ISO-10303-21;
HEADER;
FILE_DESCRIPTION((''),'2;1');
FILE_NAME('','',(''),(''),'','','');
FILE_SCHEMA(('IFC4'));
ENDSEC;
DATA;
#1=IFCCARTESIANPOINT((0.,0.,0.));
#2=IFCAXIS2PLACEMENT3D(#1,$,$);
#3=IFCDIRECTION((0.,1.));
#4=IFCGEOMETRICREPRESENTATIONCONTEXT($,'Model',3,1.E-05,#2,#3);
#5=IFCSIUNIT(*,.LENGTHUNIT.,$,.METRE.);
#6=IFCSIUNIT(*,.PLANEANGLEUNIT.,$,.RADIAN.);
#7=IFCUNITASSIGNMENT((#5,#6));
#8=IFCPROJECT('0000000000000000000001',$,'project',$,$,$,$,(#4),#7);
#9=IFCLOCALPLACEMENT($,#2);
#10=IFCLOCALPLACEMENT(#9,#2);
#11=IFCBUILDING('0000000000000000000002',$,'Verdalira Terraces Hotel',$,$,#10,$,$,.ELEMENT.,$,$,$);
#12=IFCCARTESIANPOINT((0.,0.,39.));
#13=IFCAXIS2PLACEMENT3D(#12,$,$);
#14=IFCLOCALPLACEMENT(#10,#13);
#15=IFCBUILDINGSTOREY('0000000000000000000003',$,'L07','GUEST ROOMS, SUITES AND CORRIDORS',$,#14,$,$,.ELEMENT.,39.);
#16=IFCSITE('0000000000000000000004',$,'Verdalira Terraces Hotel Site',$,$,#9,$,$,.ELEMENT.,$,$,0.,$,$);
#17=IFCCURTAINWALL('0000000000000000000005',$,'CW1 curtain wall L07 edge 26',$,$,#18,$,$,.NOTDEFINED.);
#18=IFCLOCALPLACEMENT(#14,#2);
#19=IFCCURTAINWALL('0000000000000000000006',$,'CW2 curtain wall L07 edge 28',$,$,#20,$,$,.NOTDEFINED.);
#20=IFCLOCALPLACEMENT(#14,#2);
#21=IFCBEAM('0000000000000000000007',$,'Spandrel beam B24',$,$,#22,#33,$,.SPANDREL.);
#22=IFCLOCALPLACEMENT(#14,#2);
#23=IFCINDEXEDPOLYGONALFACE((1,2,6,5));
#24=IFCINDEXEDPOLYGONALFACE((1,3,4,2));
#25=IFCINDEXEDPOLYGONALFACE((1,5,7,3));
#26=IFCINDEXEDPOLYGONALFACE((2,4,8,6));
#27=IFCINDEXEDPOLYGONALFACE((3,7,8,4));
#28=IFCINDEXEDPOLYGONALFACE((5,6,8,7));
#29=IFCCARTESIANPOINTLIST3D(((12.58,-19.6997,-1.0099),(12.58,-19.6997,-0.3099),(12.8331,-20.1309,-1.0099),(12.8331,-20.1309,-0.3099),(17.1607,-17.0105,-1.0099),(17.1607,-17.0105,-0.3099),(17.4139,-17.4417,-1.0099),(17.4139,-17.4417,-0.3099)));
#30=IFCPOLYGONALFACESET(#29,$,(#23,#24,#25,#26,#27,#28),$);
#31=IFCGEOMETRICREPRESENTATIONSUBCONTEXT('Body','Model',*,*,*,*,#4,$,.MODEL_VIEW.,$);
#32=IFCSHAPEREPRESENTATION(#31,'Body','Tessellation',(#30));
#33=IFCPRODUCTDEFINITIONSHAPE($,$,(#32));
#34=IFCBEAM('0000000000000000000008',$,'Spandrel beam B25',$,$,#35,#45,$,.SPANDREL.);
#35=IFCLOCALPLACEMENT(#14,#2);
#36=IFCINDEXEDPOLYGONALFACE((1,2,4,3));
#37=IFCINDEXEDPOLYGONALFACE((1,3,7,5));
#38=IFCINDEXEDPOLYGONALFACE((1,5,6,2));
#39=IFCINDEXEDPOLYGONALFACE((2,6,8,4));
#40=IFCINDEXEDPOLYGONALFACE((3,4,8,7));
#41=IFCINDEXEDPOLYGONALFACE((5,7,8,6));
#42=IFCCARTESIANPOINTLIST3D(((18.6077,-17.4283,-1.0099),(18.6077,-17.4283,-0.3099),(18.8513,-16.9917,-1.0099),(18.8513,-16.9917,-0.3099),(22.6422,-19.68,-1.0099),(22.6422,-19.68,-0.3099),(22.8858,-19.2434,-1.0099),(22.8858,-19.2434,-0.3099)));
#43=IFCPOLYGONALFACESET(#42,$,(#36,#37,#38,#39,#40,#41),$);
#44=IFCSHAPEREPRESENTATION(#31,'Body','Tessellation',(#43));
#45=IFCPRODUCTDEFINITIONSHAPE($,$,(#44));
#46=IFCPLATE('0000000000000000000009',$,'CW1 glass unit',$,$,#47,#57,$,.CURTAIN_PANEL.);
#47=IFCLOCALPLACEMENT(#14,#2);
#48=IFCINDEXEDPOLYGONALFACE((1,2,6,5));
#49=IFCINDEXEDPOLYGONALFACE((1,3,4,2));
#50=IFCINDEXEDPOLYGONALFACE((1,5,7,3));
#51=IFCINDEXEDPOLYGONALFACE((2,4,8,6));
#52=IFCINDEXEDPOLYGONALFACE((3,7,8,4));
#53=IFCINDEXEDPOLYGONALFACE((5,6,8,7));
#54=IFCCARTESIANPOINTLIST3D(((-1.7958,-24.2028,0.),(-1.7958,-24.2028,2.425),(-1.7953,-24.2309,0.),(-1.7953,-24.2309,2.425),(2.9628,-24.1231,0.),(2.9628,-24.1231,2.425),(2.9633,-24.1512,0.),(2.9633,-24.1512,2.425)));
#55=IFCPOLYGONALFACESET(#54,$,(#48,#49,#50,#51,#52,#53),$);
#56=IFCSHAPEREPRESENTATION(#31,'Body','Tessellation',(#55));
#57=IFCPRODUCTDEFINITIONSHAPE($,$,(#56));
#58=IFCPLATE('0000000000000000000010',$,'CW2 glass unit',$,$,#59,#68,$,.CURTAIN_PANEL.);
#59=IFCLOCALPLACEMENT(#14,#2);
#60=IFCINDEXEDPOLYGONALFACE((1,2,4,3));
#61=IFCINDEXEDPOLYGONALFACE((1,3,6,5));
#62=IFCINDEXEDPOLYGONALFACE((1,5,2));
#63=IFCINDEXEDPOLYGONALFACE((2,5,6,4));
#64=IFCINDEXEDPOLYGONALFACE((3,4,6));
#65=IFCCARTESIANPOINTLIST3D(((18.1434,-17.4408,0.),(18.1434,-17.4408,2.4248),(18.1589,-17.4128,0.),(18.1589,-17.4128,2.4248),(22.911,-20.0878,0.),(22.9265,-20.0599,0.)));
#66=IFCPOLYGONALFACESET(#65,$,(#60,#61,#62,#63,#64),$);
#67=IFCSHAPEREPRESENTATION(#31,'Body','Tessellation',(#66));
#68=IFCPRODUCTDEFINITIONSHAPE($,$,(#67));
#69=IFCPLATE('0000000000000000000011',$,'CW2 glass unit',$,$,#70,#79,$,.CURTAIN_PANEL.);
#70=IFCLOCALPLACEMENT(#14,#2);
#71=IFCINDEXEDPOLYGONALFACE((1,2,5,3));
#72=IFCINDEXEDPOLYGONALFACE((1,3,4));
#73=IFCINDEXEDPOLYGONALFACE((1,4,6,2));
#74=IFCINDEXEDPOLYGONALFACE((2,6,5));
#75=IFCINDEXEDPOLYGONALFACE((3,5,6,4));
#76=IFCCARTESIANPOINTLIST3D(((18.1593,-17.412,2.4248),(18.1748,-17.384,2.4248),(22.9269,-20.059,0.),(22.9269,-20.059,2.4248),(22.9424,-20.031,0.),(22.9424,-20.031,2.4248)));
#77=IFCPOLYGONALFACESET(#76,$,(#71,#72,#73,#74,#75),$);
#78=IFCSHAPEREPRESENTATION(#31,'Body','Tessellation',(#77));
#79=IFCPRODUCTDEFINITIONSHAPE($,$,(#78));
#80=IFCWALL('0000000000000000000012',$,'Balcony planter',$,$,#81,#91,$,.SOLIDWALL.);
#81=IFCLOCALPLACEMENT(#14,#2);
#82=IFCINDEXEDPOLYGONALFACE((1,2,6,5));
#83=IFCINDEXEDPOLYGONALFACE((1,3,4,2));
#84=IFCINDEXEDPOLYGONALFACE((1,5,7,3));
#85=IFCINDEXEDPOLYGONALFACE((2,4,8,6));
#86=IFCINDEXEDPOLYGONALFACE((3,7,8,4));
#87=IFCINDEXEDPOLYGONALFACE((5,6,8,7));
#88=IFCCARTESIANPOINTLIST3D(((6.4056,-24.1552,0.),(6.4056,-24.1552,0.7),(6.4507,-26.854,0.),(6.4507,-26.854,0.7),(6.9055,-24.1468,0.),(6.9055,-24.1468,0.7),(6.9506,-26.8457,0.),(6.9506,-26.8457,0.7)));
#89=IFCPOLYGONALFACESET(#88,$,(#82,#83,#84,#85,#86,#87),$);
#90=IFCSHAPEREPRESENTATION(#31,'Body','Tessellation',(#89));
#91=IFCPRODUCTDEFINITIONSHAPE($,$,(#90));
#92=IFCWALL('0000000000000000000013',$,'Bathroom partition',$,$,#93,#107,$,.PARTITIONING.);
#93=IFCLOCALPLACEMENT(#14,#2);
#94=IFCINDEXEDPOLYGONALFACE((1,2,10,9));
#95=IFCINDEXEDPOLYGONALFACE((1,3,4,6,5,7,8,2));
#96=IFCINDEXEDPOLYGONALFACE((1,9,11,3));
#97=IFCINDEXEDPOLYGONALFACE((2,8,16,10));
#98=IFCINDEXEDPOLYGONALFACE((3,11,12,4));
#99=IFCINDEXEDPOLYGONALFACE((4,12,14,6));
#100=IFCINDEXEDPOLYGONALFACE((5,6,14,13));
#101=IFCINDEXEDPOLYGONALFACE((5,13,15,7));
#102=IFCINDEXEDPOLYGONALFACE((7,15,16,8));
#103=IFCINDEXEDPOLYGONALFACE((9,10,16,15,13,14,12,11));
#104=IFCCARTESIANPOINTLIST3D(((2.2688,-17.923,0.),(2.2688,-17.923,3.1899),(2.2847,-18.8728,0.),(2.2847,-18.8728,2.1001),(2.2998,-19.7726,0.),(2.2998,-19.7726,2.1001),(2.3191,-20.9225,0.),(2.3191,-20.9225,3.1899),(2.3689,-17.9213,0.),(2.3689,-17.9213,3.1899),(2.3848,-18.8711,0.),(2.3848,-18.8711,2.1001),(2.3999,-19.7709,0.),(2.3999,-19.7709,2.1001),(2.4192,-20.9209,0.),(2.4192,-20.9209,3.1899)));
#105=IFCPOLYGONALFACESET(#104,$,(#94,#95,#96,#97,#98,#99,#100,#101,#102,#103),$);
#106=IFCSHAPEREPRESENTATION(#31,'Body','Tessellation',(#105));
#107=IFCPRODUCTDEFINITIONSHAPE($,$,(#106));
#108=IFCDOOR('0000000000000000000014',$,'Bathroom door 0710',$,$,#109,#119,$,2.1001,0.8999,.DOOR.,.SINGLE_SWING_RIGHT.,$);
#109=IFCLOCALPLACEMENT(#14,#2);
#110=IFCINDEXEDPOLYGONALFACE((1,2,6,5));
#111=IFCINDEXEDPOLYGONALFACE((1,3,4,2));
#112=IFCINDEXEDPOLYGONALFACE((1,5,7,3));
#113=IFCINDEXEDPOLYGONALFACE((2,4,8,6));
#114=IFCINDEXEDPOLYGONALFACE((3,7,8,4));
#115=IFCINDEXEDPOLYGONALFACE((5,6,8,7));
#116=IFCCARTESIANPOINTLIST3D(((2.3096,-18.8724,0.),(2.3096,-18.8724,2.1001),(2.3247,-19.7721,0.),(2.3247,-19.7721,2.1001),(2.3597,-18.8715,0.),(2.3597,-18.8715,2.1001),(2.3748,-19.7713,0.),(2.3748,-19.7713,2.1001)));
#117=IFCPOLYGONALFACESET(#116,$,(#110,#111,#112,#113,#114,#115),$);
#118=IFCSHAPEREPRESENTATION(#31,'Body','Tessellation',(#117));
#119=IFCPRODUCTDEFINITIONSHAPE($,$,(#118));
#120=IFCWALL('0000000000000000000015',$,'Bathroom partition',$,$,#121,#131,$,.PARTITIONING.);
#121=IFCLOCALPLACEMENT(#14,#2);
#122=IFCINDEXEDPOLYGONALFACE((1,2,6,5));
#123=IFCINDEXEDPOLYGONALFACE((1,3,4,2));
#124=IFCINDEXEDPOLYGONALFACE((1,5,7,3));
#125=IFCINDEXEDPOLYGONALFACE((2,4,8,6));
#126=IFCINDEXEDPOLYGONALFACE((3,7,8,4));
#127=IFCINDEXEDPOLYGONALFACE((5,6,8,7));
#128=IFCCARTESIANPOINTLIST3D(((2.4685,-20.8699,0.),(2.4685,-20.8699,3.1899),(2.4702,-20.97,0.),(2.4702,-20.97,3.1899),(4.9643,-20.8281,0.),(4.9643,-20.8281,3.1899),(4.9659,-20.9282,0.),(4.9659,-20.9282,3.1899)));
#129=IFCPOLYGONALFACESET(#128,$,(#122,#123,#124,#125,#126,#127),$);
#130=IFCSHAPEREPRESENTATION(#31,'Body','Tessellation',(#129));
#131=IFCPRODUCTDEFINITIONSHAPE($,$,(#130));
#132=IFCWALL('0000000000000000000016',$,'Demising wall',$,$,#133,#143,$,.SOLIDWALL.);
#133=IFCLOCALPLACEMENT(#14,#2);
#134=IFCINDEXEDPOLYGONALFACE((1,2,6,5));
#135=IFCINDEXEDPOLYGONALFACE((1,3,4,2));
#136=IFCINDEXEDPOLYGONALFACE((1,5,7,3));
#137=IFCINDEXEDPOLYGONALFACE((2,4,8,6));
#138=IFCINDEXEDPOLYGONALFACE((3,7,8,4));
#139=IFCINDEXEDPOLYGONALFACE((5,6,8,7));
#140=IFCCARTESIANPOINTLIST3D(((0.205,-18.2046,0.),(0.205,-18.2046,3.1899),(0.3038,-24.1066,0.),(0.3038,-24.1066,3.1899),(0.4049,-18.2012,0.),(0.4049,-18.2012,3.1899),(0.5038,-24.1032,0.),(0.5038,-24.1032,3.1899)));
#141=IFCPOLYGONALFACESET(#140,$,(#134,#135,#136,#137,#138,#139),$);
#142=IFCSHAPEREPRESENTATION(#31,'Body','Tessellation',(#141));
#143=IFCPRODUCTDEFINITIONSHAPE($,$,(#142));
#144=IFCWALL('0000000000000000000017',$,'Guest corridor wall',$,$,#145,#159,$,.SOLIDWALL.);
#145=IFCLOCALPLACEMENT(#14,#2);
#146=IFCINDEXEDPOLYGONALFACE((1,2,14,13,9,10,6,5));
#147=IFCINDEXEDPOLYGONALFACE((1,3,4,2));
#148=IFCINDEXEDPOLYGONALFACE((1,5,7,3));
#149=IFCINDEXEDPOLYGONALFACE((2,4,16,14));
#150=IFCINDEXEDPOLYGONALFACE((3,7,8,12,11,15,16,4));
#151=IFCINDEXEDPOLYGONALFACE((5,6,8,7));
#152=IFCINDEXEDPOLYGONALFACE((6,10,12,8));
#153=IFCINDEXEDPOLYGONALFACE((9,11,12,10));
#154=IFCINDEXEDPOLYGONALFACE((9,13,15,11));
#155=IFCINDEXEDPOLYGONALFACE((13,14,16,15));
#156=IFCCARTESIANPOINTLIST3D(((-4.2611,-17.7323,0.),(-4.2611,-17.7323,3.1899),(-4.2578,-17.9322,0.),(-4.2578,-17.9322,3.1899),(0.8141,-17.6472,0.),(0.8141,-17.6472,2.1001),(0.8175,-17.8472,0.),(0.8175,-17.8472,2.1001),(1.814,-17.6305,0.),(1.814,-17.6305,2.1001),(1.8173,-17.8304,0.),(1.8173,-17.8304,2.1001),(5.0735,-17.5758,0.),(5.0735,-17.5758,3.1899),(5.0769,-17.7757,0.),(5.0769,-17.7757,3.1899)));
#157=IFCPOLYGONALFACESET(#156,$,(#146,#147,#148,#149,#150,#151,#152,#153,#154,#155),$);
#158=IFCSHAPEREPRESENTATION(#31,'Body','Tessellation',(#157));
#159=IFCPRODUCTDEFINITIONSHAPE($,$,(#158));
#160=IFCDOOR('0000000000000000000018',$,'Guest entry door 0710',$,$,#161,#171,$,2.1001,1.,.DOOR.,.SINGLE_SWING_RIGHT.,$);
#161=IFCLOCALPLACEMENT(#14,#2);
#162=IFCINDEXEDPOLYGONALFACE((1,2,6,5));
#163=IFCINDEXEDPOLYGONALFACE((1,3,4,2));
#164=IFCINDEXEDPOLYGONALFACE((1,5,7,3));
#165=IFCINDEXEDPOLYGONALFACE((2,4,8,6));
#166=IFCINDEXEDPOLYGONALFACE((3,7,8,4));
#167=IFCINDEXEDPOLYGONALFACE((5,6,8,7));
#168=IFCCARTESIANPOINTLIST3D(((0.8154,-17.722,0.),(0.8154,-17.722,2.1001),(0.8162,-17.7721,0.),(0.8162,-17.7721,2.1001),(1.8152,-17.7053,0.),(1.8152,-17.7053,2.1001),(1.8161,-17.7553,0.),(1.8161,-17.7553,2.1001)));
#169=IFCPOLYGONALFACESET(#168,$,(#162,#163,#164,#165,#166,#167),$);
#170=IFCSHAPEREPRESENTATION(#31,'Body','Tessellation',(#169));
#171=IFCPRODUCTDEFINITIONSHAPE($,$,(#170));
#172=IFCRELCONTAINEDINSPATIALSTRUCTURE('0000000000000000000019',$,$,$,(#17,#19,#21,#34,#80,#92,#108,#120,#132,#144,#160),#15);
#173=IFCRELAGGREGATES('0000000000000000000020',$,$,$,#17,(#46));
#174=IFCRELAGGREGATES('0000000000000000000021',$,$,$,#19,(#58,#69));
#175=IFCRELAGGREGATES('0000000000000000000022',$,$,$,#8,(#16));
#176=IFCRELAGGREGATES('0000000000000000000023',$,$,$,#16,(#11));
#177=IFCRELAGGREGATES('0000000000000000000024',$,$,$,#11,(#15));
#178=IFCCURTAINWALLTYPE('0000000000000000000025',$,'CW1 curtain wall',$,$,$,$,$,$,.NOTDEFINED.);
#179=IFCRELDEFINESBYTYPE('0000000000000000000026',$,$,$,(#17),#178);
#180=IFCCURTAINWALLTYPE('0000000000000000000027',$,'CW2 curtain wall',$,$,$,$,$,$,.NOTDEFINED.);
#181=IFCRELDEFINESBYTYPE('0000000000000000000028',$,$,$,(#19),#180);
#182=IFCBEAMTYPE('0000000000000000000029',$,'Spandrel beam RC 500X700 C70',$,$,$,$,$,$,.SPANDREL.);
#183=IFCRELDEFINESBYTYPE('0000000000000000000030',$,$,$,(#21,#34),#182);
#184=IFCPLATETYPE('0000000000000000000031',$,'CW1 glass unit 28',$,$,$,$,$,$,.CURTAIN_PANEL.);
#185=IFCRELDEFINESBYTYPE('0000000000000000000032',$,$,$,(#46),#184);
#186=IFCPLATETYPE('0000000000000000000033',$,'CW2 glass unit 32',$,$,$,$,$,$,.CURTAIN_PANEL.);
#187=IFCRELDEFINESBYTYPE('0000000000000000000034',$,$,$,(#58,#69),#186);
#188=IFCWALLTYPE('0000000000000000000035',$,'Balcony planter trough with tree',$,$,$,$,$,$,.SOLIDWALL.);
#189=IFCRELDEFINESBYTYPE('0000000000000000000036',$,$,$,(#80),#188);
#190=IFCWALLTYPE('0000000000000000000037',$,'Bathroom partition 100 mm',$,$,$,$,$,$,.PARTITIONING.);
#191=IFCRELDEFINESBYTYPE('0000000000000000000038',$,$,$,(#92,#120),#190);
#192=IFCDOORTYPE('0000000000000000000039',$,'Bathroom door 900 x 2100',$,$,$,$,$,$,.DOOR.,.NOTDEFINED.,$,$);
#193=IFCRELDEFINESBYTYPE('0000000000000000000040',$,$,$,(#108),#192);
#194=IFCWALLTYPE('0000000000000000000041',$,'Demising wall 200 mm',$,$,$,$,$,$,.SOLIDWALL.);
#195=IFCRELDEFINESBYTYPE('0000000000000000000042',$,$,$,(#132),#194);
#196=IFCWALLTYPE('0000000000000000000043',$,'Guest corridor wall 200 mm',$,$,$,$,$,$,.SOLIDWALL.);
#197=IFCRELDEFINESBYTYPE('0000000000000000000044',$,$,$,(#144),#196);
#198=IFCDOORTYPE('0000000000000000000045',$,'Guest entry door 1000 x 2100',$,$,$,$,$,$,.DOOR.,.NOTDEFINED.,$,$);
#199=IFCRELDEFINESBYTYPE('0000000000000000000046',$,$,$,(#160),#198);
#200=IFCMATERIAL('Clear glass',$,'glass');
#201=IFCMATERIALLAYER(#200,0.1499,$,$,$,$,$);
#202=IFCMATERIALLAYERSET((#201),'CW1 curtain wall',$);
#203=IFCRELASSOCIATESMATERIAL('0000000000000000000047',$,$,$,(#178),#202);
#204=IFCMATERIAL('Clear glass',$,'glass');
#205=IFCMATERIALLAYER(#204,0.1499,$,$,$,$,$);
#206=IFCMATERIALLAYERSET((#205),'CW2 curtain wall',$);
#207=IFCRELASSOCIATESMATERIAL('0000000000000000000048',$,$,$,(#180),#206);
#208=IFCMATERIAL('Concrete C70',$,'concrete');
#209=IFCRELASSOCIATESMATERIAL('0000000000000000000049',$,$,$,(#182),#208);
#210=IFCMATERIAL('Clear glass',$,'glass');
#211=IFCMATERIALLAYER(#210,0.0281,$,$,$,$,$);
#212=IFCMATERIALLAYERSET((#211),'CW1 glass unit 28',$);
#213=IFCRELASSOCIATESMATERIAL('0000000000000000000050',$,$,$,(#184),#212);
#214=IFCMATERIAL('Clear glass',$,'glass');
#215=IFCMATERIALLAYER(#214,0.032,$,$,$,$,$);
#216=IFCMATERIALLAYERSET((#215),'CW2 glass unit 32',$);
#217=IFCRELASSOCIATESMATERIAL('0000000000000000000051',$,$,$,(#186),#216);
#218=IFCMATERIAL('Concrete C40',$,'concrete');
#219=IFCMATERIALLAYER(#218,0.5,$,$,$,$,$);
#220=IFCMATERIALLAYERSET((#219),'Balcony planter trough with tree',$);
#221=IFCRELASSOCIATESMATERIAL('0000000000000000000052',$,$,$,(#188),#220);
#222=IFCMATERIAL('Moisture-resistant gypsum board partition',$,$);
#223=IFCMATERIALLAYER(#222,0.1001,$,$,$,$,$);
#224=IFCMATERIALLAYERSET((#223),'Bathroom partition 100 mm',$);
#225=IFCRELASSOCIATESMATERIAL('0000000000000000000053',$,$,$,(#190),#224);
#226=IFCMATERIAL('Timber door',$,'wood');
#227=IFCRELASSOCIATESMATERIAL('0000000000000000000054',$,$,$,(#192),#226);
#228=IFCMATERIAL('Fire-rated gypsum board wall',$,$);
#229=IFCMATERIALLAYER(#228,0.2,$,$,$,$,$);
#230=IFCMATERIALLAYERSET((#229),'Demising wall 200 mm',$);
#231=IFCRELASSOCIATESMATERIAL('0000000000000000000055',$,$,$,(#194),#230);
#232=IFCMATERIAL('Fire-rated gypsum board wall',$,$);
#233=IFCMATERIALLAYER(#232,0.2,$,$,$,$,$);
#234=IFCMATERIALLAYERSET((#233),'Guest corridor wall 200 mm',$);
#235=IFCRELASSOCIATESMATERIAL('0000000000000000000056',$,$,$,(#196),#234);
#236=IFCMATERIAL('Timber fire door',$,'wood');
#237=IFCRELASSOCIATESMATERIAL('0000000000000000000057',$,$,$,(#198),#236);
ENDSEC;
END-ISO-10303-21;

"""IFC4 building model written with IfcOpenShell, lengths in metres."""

from ifc_helpers import new_model, si_unit, direction, frame, frame_2d, origin, origin_2d, place, context, subcontext, project, spatial, polyline, rectangle, outline, extrude, material, layer, layer_set, material_profile, profile_set, type_object, element, fill, aggregate, save


model = new_model("IFC4")

# Units and contexts
model_context = context("Model", 3, precision=1e-05, world=origin(), true_north=direction((0.0, 1.0)))
body_context = subcontext(model_context, "Body", "Model", "MODEL_VIEW")
ifc_project = project(units=[si_unit("LENGTHUNIT", "METRE"), si_unit("PLANEANGLEUNIT", "RADIAN")], contexts=[model_context])

# Site, building, storey
site_placement = place(None, origin())
site = spatial("IfcSite", under=ifc_project, at=site_placement, Name="Verdalira Terraces Hotel Site", CompositionType="ELEMENT", RefElevation=0.0)
building_placement = place(site_placement, origin())
building = spatial("IfcBuilding", under=site, at=building_placement, Name="Verdalira Terraces Hotel", CompositionType="ELEMENT")
storey_placement = place(building_placement, frame((0.0, 0.0, 39.0)))
storey = spatial("IfcBuildingStorey", under=building, at=storey_placement, Name="L07", Description="GUEST ROOMS, SUITES AND CORRIDORS", CompositionType="ELEMENT", Elevation=39.0)

# Curtain wall
ifc_material_1 = material(Name="Clear glass", Category="glass")
ifc_layer_1 = layer(ifc_material_1, 0.1499)
ifc_layer_set_1 = layer_set([ifc_layer_1], Name="CW1 curtain wall")
curtain_wall_type_1 = type_object("IfcCurtainWallType", Name="CW1 curtain wall", PredefinedType="NOTDEFINED", material=ifc_layer_set_1)
curtain_wall_1_placement = place(storey_placement, origin())
curtain_wall_1 = element("IfcCurtainWall", 1, at=curtain_wall_1_placement, inside=storey, type_object=curtain_wall_type_1, Name="CW1 curtain wall L07 edge 26", PredefinedType="NOTDEFINED")

# Curtain wall
ifc_material_2 = material(Name="Clear glass", Category="glass")
ifc_layer_2 = layer(ifc_material_2, 0.1499)
ifc_layer_set_2 = layer_set([ifc_layer_2], Name="CW2 curtain wall")
curtain_wall_type_2 = type_object("IfcCurtainWallType", Name="CW2 curtain wall", PredefinedType="NOTDEFINED", material=ifc_layer_set_2)
curtain_wall_2_placement = place(storey_placement, origin())
curtain_wall_2 = element("IfcCurtainWall", 2, at=curtain_wall_2_placement, inside=storey, type_object=curtain_wall_type_2, Name="CW2 curtain wall L07 edge 28", PredefinedType="NOTDEFINED")

# Beams
ifc_material_3 = material(Name="Concrete C70", Category="concrete")
ifc_material_profile_1 = material_profile(ifc_material_3, rectangle(XDim=0.5, YDim=0.7, at=origin_2d()), Name="RC 500X700")
ifc_profile_set_1 = profile_set([ifc_material_profile_1], Name="Concrete C70")
beam_type_1 = type_object("IfcBeamType", Name="Spandrel beam RC 500X700 C70", PredefinedType="SPANDREL", material=ifc_profile_set_1)
beam_1_placement = place(storey_placement, frame((12.7065, -19.9153, -0.6599), z_axis=(0.862377, 0.506267, 0.0), x_axis=(-0.506267, 0.862377, 0.0)))
element("IfcBeam", 3, at=beam_1_placement, inside=storey, type_object=beam_type_1, Name="Spandrel beam B24", PredefinedType="SPANDREL", context=body_context, shape_type="SweptSolid", body=[
    extrude(rectangle(XDim=0.5, YDim=0.7, at=origin_2d()), origin(), (0.0, 0.0, 1.0), 5.3118),
])
beam_2_placement = place(storey_placement, frame((18.7295, -17.21, -0.6599), z_axis=(0.873203, -0.487356, 0.0), x_axis=(0.487356, 0.873203, 0.0)))
element("IfcBeam", 4, at=beam_2_placement, inside=storey, type_object=beam_type_1, Name="Spandrel beam B25", PredefinedType="SPANDREL", context=body_context, shape_type="SweptSolid", body=[
    extrude(rectangle(XDim=0.5, YDim=0.7, at=origin_2d()), origin(), (0.0, 0.0, 1.0), 4.6204),
])

# Plates
ifc_material_4 = material(Name="Clear glass", Category="glass")
ifc_layer_3 = layer(ifc_material_4, 0.0281)
ifc_layer_set_3 = layer_set([ifc_layer_3], Name="CW1 glass unit 28")
plate_type_1 = type_object("IfcPlateType", Name="CW1 glass unit 28", PredefinedType="CURTAIN_PANEL", material=ifc_layer_set_3)
plate_1_placement = place(storey_placement, frame((0.5837, -24.177, 0.0), z_axis=(0.0, 0.0, 1.0), x_axis=(0.99986, 0.016754, 0.0)))
plate_1 = element("IfcPlate", 5, at=plate_1_placement, type_object=plate_type_1, Name="CW1 glass unit", PredefinedType="CURTAIN_PANEL", context=body_context, shape_type="SweptSolid", body=[
    extrude(rectangle(XDim=4.7593, YDim=0.0281, at=origin_2d()), origin(), (0.0, 0.0, 1.0), 2.425),
])
aggregate(curtain_wall_1, [plate_1])
ifc_material_5 = material(Name="Clear glass", Category="glass")
ifc_layer_4 = layer(ifc_material_5, 0.032)
ifc_layer_set_4 = layer_set([ifc_layer_4], Name="CW2 glass unit 32")
plate_type_2 = type_object("IfcPlateType", Name="CW2 glass unit 32", PredefinedType="CURTAIN_PANEL", material=ifc_layer_set_4)
plate_2_placement = place(storey_placement, frame((20.5427, -18.7363, 1.2124), z_axis=(-0.48542, -0.874281, 0.0), x_axis=(0.874281, -0.48542, 0.0)))
plate_2 = element("IfcPlate", 6, at=plate_2_placement, type_object=plate_type_2, Name="CW2 glass unit", PredefinedType="CURTAIN_PANEL", context=body_context, shape_type="SweptSolid", body=[
    extrude(outline(polyline([(-2.7266, -1.2124), (2.7266, -1.2124), (-2.7266, 1.2124), (-2.7266, -1.2124)])), origin(), (0.0, 0.0, 1.0), 0.032),
])
plate_3_placement = place(storey_placement, frame((20.5586, -18.7075, 1.2124), z_axis=(-0.48542, -0.874281, 0.0), x_axis=(0.874281, -0.48542, 0.0)))
plate_3 = element("IfcPlate", 7, at=plate_3_placement, type_object=plate_type_2, Name="CW2 glass unit", PredefinedType="CURTAIN_PANEL", context=body_context, shape_type="SweptSolid", body=[
    extrude(outline(polyline([(2.7266, -1.2124), (2.7266, 1.2124), (-2.7266, 1.2124), (2.7266, -1.2124)])), origin(), (0.0, 0.0, 1.0), 0.032),
])
aggregate(curtain_wall_2, [plate_2, plate_3])

# Wall
ifc_material_6 = material(Name="Concrete C40", Category="concrete")
ifc_layer_5 = layer(ifc_material_6, 0.5)
ifc_layer_set_5 = layer_set([ifc_layer_5], Name="Balcony planter trough with tree")
wall_type_1 = type_object("IfcWallType", Name="Balcony planter trough with tree", PredefinedType="SOLIDWALL", material=ifc_layer_set_5)
wall_1_placement = place(storey_placement, frame((6.7007, -26.8499, 0.0), z_axis=(0.0, 0.0, 1.0), x_axis=(-0.016734, 0.99986, 0.0)))
element("IfcWall", 8, at=wall_1_placement, inside=storey, type_object=wall_type_1, Name="Balcony planter", PredefinedType="SOLIDWALL", context=body_context, shape_type="SweptSolid", body=[
    extrude(rectangle(XDim=2.6992, YDim=0.5, at=frame_2d((1.3496, 0.0))), origin(), (0.0, 0.0, 1.0), 0.7),
])

# Wall, opening, door
ifc_material_7 = material(Name="Moisture-resistant gypsum board partition")
ifc_layer_6 = layer(ifc_material_7, 0.1001)
ifc_layer_set_6 = layer_set([ifc_layer_6], Name="Bathroom partition 100 mm")
wall_type_2 = type_object("IfcWallType", Name="Bathroom partition 100 mm", PredefinedType="PARTITIONING", material=ifc_layer_set_6)
wall_2_placement = place(storey_placement, frame((2.3188, -17.9221, 0.0), z_axis=(0.0, 0.0, 1.0), x_axis=(0.016765, -0.999859, 0.0)))
wall_2 = element("IfcWall", 9, at=wall_2_placement, inside=storey, type_object=wall_type_2, Name="Bathroom partition", PredefinedType="PARTITIONING", context=body_context, shape_type="SweptSolid", body=[
    extrude(rectangle(XDim=3.0, YDim=0.1001, at=frame_2d((1.5, 0.0))), origin(), (0.0, 0.0, 1.0), 3.1899),
])
opening_1_placement = place(wall_2_placement, frame((0.95, 0.0, 0.0)))
opening_1 = element("IfcOpeningElement", 10, at=opening_1_placement, cuts=wall_2, PredefinedType="OPENING", context=body_context, shape_type="SweptSolid", body=[
    extrude(rectangle(XDim=0.8999, YDim=2.1001, at=frame_2d((0.45, 1.05))), frame((0.0, 0.0601, 0.0), z_axis=(0.0, -1.0, 0.0), x_axis=(1.0, 0.0, 0.0)), (0.0, 0.0, 1.0), 0.1201),
])
ifc_material_8 = material(Name="Timber door", Category="wood")
door_type_1 = type_object("IfcDoorType", Name="Bathroom door 900 x 2100", OperationType="NOTDEFINED", PredefinedType="DOOR", material=ifc_material_8)
door_1_placement = place(opening_1_placement, origin())
door_1 = element("IfcDoor", 11, at=door_1_placement, inside=storey, type_object=door_type_1, Name="Bathroom door 0710", OperationType="SINGLE_SWING_RIGHT", OverallHeight=2.1001, OverallWidth=0.8999, PredefinedType="DOOR", context=body_context, shape_type="SweptSolid", body=[
    extrude(rectangle(XDim=0.8999, YDim=2.1001, at=frame_2d((0.45, 1.05))), frame((0.0, 0.0249, 0.0), z_axis=(0.0, -1.0, 0.0), x_axis=(1.0, 0.0, 0.0)), (0.0, 0.0, 1.0), 0.05),
])
fill(opening_1, door_1)

# Walls
wall_3_placement = place(storey_placement, frame((4.9651, -20.8782, 0.0), z_axis=(0.0, 0.0, 1.0), x_axis=(-0.99986, -0.016725, 0.0)))
element("IfcWall", 12, at=wall_3_placement, inside=storey, type_object=wall_type_2, Name="Bathroom partition", PredefinedType="PARTITIONING", context=body_context, shape_type="SweptSolid", body=[
    extrude(rectangle(XDim=2.4961, YDim=0.1001, at=frame_2d((1.248, 0.0))), origin(), (0.0, 0.0, 1.0), 3.1899),
])
ifc_material_9 = material(Name="Fire-rated gypsum board wall")
ifc_layer_7 = layer(ifc_material_9, 0.2)
ifc_layer_set_7 = layer_set([ifc_layer_7], Name="Demising wall 200 mm")
wall_type_3 = type_object("IfcWallType", Name="Demising wall 200 mm", PredefinedType="SOLIDWALL", material=ifc_layer_set_7)
wall_4_placement = place(storey_placement, frame((0.3049, -18.2029, 0.0), z_axis=(0.0, 0.0, 1.0), x_axis=(0.01675, -0.99986, 0.0)))
element("IfcWall", 13, at=wall_4_placement, inside=storey, type_object=wall_type_3, Name="Demising wall", PredefinedType="SOLIDWALL", context=body_context, shape_type="SweptSolid", body=[
    extrude(rectangle(XDim=5.9028, YDim=0.2, at=frame_2d((2.9514, 0.0))), origin(), (0.0, 0.0, 1.0), 3.1899),
])

# Wall, opening, door
ifc_material_10 = material(Name="Fire-rated gypsum board wall")
ifc_layer_8 = layer(ifc_material_10, 0.2)
ifc_layer_set_8 = layer_set([ifc_layer_8], Name="Guest corridor wall 200 mm")
wall_type_4 = type_object("IfcWallType", Name="Guest corridor wall 200 mm", PredefinedType="SOLIDWALL", material=ifc_layer_set_8)
wall_5_placement = place(storey_placement, frame((5.0752, -17.6758, 0.0), z_axis=(0.0, 0.0, 1.0), x_axis=(-0.99986, -0.016762, 0.0)))
wall_5 = element("IfcWall", 14, at=wall_5_placement, inside=storey, type_object=wall_type_4, Name="Guest corridor wall", PredefinedType="SOLIDWALL", context=body_context, shape_type="SweptSolid", body=[
    extrude(rectangle(XDim=9.3359, YDim=0.2, at=frame_2d((4.668, 0.0))), origin(), (0.0, 0.0, 1.0), 3.1899),
])
opening_2_placement = place(wall_5_placement, frame((3.26, 0.0, 0.0)))
opening_2 = element("IfcOpeningElement", 15, at=opening_2_placement, cuts=wall_5, PredefinedType="OPENING", context=body_context, shape_type="SweptSolid", body=[
    extrude(rectangle(XDim=1.0, YDim=2.1001, at=frame_2d((0.5, 1.05))), frame((0.0, 0.1099, 0.0), z_axis=(0.0, -1.0, 0.0), x_axis=(1.0, 0.0, 0.0)), (0.0, 0.0, 1.0), 0.22),
])
ifc_material_11 = material(Name="Timber fire door", Category="wood")
door_type_2 = type_object("IfcDoorType", Name="Guest entry door 1000 x 2100", OperationType="NOTDEFINED", PredefinedType="DOOR", material=ifc_material_11)
door_2_placement = place(opening_2_placement, origin())
door_2 = element("IfcDoor", 16, at=door_2_placement, inside=storey, type_object=door_type_2, Name="Guest entry door 0710", OperationType="SINGLE_SWING_RIGHT", OverallHeight=2.1001, OverallWidth=1.0, PredefinedType="DOOR", context=body_context, shape_type="SweptSolid", body=[
    extrude(rectangle(XDim=1.0, YDim=2.1001, at=frame_2d((0.5, 1.05))), frame((0.0, 0.0249, 0.0), z_axis=(0.0, -1.0, 0.0), x_axis=(1.0, 0.0, 0.0)), (0.0, 0.0, 1.0), 0.05),
])
fill(opening_2, door_2)

save(model, "model.ifc")
